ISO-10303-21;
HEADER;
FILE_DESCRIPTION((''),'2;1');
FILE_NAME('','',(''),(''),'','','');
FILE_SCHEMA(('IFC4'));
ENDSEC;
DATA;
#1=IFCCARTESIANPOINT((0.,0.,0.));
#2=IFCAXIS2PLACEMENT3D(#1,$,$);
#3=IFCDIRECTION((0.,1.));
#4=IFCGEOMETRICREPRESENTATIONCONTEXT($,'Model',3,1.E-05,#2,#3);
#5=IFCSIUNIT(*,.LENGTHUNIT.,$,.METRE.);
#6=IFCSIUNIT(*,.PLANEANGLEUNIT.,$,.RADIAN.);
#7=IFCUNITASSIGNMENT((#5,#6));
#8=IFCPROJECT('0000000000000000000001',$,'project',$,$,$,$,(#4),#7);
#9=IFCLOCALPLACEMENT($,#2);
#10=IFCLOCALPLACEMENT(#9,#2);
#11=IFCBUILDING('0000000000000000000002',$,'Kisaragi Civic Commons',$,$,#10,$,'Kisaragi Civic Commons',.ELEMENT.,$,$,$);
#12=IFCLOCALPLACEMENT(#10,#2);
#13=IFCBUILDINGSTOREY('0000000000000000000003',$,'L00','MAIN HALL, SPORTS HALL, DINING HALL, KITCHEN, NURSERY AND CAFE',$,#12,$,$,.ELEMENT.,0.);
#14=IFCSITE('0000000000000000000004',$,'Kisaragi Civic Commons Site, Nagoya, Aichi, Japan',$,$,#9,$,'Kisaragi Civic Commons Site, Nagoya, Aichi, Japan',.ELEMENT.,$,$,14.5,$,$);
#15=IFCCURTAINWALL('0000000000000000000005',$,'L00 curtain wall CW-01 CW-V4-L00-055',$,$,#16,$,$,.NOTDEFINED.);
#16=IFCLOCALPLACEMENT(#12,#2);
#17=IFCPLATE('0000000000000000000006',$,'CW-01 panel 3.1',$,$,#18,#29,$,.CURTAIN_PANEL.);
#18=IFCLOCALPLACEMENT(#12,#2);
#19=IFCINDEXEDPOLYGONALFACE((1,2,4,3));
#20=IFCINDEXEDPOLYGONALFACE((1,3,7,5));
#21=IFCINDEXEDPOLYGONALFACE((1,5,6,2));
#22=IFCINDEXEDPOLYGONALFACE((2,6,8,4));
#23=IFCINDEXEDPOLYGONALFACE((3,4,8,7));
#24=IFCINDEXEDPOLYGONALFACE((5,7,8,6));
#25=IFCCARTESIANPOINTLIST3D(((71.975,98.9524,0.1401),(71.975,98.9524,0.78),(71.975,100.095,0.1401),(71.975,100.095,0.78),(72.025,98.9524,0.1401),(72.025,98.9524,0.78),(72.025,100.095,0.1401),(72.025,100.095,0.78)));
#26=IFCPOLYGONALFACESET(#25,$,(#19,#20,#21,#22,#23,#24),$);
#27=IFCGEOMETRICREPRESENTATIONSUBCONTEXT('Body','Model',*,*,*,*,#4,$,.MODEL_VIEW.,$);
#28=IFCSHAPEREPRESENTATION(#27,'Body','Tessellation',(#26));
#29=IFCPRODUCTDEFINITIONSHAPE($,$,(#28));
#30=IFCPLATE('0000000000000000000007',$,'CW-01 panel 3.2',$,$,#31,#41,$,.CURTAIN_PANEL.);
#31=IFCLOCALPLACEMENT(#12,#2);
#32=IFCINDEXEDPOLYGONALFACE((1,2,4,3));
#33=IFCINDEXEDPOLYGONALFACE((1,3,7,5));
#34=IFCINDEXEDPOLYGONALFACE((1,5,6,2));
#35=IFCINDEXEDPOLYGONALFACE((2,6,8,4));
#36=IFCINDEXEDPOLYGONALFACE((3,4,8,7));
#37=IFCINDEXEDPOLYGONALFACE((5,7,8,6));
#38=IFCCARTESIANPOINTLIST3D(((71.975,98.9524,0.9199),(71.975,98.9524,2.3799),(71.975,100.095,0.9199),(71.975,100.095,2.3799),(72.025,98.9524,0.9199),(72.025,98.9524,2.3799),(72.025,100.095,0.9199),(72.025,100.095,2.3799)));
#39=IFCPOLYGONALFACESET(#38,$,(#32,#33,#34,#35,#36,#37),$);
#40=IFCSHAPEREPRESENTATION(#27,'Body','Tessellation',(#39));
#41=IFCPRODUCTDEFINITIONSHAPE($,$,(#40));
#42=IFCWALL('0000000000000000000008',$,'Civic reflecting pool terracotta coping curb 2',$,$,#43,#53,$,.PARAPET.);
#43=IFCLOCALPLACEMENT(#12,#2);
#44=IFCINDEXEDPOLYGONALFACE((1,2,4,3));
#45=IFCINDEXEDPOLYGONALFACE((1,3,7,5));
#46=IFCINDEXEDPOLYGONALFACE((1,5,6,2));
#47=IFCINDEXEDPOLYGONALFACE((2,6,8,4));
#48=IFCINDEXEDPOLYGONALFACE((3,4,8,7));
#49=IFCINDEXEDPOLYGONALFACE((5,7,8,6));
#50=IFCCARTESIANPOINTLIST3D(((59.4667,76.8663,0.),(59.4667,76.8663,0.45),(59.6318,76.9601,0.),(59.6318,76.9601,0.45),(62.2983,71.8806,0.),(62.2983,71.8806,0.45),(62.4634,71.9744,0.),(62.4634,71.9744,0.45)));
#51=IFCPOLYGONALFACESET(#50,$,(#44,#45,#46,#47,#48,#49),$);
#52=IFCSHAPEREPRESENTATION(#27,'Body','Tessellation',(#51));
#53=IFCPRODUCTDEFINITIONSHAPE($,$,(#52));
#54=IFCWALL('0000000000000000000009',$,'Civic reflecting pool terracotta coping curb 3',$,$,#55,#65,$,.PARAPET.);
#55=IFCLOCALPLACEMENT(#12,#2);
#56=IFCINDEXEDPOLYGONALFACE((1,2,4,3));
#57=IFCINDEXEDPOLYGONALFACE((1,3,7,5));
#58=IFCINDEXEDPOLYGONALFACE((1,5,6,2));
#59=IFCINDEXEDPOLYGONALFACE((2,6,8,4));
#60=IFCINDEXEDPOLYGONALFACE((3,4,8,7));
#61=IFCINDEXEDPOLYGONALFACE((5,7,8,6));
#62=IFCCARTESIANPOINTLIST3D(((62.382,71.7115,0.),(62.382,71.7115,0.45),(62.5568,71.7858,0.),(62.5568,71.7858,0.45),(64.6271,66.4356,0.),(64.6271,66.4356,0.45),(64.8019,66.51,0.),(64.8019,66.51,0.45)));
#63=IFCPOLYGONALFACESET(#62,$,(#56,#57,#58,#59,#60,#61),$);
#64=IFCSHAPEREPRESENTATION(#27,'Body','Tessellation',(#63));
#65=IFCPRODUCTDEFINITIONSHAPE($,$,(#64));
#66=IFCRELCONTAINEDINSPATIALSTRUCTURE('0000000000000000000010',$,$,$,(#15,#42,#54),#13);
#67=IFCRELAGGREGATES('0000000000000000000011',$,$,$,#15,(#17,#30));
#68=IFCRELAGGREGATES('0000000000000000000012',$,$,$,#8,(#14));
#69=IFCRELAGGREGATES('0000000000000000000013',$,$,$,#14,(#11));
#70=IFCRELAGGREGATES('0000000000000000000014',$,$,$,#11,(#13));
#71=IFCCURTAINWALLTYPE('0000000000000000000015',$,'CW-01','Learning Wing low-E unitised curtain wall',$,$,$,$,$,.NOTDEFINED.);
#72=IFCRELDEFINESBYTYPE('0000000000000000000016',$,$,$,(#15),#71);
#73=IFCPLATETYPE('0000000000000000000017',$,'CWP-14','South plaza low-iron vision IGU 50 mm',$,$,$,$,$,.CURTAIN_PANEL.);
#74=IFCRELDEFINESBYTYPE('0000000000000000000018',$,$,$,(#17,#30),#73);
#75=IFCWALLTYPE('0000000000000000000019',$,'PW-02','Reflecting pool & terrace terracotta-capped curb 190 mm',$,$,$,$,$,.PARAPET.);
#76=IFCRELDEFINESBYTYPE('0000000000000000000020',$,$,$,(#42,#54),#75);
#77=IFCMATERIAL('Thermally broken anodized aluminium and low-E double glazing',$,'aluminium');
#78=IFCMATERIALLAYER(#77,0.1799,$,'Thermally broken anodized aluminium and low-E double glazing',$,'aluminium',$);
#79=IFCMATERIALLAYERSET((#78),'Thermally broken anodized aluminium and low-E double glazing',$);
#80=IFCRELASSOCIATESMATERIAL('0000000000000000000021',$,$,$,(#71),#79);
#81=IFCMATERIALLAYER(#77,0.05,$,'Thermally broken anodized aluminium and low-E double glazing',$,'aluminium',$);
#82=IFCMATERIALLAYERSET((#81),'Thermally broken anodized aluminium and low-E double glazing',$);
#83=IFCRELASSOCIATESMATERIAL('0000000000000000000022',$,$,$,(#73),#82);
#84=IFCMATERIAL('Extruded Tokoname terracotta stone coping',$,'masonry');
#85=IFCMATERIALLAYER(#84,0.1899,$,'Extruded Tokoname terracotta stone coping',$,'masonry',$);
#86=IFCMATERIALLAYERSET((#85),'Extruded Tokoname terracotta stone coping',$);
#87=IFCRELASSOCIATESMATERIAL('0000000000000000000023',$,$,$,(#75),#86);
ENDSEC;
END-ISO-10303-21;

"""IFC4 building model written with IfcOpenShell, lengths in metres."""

from ifc_helpers import new_model, si_unit, direction, frame, frame_2d, origin, origin_2d, place, context, subcontext, project, spatial, rectangle, extrude, material, layer, layer_set, type_object, element, aggregate, save


model = new_model("IFC4")

# Units and contexts
model_context = context("Model", 3, precision=1e-05, world=origin(), true_north=direction((0.0, 1.0)))
body_context = subcontext(model_context, "Body", "Model", "MODEL_VIEW")
ifc_project = project(units=[si_unit("LENGTHUNIT", "METRE"), si_unit("PLANEANGLEUNIT", "RADIAN")], contexts=[model_context])

# Site, building, storey
site_placement = place(None, origin())
site = spatial("IfcSite", under=ifc_project, at=site_placement, Name="Kisaragi Civic Commons Site, Nagoya, Aichi, Japan", LongName="Kisaragi Civic Commons Site, Nagoya, Aichi, Japan", CompositionType="ELEMENT", RefElevation=14.5)
building_placement = place(site_placement, origin())
building = spatial("IfcBuilding", under=site, at=building_placement, Name="Kisaragi Civic Commons", LongName="Kisaragi Civic Commons", CompositionType="ELEMENT")
storey_placement = place(building_placement, origin())
storey = spatial("IfcBuildingStorey", under=building, at=storey_placement, Name="L00", Description="MAIN HALL, SPORTS HALL, DINING HALL, KITCHEN, NURSERY AND CAFE", CompositionType="ELEMENT", Elevation=0.0)

# Curtain wall
ifc_material_1 = material(Name="Thermally broken anodized aluminium and low-E double glazing", Category="aluminium")
ifc_layer_1 = layer(ifc_material_1, 0.1799, Name="Thermally broken anodized aluminium and low-E double glazing", Category="aluminium")
ifc_layer_set_1 = layer_set([ifc_layer_1], Name="Thermally broken anodized aluminium and low-E double glazing")
curtain_wall_type = type_object("IfcCurtainWallType", Name="CW-01", Description="Learning Wing low-E unitised curtain wall", PredefinedType="NOTDEFINED", material=ifc_layer_set_1)
curtain_wall_placement = place(storey_placement, origin())
curtain_wall = element("IfcCurtainWall", 1, at=curtain_wall_placement, inside=storey, type_object=curtain_wall_type, Name="L00 curtain wall CW-01 CW-V4-L00-055", PredefinedType="NOTDEFINED")

# Plates
ifc_layer_2 = layer(ifc_material_1, 0.05, Name="Thermally broken anodized aluminium and low-E double glazing", Category="aluminium")
ifc_layer_set_2 = layer_set([ifc_layer_2], Name="Thermally broken anodized aluminium and low-E double glazing")
plate_type_1 = type_object("IfcPlateType", Name="CWP-14", Description="South plaza low-iron vision IGU 50 mm", PredefinedType="CURTAIN_PANEL", material=ifc_layer_set_2)
plate_1_placement = place(storey_placement, frame((72.0, 99.5237, 0.1401), z_axis=(0.0, 0.0, 1.0), x_axis=(0.0, 1.0, 0.0)))
plate_1 = element("IfcPlate", 2, at=plate_1_placement, type_object=plate_type_1, Name="CW-01 panel 3.1", PredefinedType="CURTAIN_PANEL", context=body_context, shape_type="SweptSolid", body=[
    extrude(rectangle(XDim=1.1426, YDim=0.05, at=origin_2d()), origin(), (0.0, 0.0, 1.0), 0.6399),
])
plate_2_placement = place(storey_placement, frame((72.0, 99.5237, 0.9199), z_axis=(0.0, 0.0, 1.0), x_axis=(0.0, 1.0, 0.0)))
plate_2 = element("IfcPlate", 3, at=plate_2_placement, type_object=plate_type_1, Name="CW-01 panel 3.2", PredefinedType="CURTAIN_PANEL", context=body_context, shape_type="SweptSolid", body=[
    extrude(rectangle(XDim=1.1426, YDim=0.05, at=origin_2d()), origin(), (0.0, 0.0, 1.0), 1.46),
])
aggregate(curtain_wall, [plate_1, plate_2])

# Walls
ifc_material_2 = material(Name="Extruded Tokoname terracotta stone coping", Category="masonry")
ifc_layer_3 = layer(ifc_material_2, 0.1899, Name="Extruded Tokoname terracotta stone coping", Category="masonry")
ifc_layer_set_3 = layer_set([ifc_layer_3], Name="Extruded Tokoname terracotta stone coping")
wall_type = type_object("IfcWallType", Name="PW-02", Description="Reflecting pool & terrace terracotta-capped curb 190 mm", PredefinedType="PARAPET", material=ifc_layer_set_3)
for number, where, z_axis, x_axis, name in (
    (4, (59.5493, 76.9131, 0.0), (0.0, 0.0, 1.0), (0.493854, -0.869545, 0.0), "Civic reflecting pool terracotta coping curb 2"),
    (5, (62.4695, 71.7485, 0.0), (0.0, 0.0, 1.0), (0.391564, -0.920151, 0.0), "Civic reflecting pool terracotta coping curb 3"),
):
    element("IfcWall", number, at=place(storey_placement, frame(where, z_axis=z_axis, x_axis=x_axis)), inside=storey, type_object=wall_type, Name=name, PredefinedType="PARAPET", context=body_context, shape_type="SweptSolid", body=[
        extrude(rectangle(XDim=5.7336, YDim=0.1899, at=frame_2d((2.8667, 0.0))), origin(), (0.0, 0.0, 1.0), 0.45),
    ])

save(model, "model.ifc")
